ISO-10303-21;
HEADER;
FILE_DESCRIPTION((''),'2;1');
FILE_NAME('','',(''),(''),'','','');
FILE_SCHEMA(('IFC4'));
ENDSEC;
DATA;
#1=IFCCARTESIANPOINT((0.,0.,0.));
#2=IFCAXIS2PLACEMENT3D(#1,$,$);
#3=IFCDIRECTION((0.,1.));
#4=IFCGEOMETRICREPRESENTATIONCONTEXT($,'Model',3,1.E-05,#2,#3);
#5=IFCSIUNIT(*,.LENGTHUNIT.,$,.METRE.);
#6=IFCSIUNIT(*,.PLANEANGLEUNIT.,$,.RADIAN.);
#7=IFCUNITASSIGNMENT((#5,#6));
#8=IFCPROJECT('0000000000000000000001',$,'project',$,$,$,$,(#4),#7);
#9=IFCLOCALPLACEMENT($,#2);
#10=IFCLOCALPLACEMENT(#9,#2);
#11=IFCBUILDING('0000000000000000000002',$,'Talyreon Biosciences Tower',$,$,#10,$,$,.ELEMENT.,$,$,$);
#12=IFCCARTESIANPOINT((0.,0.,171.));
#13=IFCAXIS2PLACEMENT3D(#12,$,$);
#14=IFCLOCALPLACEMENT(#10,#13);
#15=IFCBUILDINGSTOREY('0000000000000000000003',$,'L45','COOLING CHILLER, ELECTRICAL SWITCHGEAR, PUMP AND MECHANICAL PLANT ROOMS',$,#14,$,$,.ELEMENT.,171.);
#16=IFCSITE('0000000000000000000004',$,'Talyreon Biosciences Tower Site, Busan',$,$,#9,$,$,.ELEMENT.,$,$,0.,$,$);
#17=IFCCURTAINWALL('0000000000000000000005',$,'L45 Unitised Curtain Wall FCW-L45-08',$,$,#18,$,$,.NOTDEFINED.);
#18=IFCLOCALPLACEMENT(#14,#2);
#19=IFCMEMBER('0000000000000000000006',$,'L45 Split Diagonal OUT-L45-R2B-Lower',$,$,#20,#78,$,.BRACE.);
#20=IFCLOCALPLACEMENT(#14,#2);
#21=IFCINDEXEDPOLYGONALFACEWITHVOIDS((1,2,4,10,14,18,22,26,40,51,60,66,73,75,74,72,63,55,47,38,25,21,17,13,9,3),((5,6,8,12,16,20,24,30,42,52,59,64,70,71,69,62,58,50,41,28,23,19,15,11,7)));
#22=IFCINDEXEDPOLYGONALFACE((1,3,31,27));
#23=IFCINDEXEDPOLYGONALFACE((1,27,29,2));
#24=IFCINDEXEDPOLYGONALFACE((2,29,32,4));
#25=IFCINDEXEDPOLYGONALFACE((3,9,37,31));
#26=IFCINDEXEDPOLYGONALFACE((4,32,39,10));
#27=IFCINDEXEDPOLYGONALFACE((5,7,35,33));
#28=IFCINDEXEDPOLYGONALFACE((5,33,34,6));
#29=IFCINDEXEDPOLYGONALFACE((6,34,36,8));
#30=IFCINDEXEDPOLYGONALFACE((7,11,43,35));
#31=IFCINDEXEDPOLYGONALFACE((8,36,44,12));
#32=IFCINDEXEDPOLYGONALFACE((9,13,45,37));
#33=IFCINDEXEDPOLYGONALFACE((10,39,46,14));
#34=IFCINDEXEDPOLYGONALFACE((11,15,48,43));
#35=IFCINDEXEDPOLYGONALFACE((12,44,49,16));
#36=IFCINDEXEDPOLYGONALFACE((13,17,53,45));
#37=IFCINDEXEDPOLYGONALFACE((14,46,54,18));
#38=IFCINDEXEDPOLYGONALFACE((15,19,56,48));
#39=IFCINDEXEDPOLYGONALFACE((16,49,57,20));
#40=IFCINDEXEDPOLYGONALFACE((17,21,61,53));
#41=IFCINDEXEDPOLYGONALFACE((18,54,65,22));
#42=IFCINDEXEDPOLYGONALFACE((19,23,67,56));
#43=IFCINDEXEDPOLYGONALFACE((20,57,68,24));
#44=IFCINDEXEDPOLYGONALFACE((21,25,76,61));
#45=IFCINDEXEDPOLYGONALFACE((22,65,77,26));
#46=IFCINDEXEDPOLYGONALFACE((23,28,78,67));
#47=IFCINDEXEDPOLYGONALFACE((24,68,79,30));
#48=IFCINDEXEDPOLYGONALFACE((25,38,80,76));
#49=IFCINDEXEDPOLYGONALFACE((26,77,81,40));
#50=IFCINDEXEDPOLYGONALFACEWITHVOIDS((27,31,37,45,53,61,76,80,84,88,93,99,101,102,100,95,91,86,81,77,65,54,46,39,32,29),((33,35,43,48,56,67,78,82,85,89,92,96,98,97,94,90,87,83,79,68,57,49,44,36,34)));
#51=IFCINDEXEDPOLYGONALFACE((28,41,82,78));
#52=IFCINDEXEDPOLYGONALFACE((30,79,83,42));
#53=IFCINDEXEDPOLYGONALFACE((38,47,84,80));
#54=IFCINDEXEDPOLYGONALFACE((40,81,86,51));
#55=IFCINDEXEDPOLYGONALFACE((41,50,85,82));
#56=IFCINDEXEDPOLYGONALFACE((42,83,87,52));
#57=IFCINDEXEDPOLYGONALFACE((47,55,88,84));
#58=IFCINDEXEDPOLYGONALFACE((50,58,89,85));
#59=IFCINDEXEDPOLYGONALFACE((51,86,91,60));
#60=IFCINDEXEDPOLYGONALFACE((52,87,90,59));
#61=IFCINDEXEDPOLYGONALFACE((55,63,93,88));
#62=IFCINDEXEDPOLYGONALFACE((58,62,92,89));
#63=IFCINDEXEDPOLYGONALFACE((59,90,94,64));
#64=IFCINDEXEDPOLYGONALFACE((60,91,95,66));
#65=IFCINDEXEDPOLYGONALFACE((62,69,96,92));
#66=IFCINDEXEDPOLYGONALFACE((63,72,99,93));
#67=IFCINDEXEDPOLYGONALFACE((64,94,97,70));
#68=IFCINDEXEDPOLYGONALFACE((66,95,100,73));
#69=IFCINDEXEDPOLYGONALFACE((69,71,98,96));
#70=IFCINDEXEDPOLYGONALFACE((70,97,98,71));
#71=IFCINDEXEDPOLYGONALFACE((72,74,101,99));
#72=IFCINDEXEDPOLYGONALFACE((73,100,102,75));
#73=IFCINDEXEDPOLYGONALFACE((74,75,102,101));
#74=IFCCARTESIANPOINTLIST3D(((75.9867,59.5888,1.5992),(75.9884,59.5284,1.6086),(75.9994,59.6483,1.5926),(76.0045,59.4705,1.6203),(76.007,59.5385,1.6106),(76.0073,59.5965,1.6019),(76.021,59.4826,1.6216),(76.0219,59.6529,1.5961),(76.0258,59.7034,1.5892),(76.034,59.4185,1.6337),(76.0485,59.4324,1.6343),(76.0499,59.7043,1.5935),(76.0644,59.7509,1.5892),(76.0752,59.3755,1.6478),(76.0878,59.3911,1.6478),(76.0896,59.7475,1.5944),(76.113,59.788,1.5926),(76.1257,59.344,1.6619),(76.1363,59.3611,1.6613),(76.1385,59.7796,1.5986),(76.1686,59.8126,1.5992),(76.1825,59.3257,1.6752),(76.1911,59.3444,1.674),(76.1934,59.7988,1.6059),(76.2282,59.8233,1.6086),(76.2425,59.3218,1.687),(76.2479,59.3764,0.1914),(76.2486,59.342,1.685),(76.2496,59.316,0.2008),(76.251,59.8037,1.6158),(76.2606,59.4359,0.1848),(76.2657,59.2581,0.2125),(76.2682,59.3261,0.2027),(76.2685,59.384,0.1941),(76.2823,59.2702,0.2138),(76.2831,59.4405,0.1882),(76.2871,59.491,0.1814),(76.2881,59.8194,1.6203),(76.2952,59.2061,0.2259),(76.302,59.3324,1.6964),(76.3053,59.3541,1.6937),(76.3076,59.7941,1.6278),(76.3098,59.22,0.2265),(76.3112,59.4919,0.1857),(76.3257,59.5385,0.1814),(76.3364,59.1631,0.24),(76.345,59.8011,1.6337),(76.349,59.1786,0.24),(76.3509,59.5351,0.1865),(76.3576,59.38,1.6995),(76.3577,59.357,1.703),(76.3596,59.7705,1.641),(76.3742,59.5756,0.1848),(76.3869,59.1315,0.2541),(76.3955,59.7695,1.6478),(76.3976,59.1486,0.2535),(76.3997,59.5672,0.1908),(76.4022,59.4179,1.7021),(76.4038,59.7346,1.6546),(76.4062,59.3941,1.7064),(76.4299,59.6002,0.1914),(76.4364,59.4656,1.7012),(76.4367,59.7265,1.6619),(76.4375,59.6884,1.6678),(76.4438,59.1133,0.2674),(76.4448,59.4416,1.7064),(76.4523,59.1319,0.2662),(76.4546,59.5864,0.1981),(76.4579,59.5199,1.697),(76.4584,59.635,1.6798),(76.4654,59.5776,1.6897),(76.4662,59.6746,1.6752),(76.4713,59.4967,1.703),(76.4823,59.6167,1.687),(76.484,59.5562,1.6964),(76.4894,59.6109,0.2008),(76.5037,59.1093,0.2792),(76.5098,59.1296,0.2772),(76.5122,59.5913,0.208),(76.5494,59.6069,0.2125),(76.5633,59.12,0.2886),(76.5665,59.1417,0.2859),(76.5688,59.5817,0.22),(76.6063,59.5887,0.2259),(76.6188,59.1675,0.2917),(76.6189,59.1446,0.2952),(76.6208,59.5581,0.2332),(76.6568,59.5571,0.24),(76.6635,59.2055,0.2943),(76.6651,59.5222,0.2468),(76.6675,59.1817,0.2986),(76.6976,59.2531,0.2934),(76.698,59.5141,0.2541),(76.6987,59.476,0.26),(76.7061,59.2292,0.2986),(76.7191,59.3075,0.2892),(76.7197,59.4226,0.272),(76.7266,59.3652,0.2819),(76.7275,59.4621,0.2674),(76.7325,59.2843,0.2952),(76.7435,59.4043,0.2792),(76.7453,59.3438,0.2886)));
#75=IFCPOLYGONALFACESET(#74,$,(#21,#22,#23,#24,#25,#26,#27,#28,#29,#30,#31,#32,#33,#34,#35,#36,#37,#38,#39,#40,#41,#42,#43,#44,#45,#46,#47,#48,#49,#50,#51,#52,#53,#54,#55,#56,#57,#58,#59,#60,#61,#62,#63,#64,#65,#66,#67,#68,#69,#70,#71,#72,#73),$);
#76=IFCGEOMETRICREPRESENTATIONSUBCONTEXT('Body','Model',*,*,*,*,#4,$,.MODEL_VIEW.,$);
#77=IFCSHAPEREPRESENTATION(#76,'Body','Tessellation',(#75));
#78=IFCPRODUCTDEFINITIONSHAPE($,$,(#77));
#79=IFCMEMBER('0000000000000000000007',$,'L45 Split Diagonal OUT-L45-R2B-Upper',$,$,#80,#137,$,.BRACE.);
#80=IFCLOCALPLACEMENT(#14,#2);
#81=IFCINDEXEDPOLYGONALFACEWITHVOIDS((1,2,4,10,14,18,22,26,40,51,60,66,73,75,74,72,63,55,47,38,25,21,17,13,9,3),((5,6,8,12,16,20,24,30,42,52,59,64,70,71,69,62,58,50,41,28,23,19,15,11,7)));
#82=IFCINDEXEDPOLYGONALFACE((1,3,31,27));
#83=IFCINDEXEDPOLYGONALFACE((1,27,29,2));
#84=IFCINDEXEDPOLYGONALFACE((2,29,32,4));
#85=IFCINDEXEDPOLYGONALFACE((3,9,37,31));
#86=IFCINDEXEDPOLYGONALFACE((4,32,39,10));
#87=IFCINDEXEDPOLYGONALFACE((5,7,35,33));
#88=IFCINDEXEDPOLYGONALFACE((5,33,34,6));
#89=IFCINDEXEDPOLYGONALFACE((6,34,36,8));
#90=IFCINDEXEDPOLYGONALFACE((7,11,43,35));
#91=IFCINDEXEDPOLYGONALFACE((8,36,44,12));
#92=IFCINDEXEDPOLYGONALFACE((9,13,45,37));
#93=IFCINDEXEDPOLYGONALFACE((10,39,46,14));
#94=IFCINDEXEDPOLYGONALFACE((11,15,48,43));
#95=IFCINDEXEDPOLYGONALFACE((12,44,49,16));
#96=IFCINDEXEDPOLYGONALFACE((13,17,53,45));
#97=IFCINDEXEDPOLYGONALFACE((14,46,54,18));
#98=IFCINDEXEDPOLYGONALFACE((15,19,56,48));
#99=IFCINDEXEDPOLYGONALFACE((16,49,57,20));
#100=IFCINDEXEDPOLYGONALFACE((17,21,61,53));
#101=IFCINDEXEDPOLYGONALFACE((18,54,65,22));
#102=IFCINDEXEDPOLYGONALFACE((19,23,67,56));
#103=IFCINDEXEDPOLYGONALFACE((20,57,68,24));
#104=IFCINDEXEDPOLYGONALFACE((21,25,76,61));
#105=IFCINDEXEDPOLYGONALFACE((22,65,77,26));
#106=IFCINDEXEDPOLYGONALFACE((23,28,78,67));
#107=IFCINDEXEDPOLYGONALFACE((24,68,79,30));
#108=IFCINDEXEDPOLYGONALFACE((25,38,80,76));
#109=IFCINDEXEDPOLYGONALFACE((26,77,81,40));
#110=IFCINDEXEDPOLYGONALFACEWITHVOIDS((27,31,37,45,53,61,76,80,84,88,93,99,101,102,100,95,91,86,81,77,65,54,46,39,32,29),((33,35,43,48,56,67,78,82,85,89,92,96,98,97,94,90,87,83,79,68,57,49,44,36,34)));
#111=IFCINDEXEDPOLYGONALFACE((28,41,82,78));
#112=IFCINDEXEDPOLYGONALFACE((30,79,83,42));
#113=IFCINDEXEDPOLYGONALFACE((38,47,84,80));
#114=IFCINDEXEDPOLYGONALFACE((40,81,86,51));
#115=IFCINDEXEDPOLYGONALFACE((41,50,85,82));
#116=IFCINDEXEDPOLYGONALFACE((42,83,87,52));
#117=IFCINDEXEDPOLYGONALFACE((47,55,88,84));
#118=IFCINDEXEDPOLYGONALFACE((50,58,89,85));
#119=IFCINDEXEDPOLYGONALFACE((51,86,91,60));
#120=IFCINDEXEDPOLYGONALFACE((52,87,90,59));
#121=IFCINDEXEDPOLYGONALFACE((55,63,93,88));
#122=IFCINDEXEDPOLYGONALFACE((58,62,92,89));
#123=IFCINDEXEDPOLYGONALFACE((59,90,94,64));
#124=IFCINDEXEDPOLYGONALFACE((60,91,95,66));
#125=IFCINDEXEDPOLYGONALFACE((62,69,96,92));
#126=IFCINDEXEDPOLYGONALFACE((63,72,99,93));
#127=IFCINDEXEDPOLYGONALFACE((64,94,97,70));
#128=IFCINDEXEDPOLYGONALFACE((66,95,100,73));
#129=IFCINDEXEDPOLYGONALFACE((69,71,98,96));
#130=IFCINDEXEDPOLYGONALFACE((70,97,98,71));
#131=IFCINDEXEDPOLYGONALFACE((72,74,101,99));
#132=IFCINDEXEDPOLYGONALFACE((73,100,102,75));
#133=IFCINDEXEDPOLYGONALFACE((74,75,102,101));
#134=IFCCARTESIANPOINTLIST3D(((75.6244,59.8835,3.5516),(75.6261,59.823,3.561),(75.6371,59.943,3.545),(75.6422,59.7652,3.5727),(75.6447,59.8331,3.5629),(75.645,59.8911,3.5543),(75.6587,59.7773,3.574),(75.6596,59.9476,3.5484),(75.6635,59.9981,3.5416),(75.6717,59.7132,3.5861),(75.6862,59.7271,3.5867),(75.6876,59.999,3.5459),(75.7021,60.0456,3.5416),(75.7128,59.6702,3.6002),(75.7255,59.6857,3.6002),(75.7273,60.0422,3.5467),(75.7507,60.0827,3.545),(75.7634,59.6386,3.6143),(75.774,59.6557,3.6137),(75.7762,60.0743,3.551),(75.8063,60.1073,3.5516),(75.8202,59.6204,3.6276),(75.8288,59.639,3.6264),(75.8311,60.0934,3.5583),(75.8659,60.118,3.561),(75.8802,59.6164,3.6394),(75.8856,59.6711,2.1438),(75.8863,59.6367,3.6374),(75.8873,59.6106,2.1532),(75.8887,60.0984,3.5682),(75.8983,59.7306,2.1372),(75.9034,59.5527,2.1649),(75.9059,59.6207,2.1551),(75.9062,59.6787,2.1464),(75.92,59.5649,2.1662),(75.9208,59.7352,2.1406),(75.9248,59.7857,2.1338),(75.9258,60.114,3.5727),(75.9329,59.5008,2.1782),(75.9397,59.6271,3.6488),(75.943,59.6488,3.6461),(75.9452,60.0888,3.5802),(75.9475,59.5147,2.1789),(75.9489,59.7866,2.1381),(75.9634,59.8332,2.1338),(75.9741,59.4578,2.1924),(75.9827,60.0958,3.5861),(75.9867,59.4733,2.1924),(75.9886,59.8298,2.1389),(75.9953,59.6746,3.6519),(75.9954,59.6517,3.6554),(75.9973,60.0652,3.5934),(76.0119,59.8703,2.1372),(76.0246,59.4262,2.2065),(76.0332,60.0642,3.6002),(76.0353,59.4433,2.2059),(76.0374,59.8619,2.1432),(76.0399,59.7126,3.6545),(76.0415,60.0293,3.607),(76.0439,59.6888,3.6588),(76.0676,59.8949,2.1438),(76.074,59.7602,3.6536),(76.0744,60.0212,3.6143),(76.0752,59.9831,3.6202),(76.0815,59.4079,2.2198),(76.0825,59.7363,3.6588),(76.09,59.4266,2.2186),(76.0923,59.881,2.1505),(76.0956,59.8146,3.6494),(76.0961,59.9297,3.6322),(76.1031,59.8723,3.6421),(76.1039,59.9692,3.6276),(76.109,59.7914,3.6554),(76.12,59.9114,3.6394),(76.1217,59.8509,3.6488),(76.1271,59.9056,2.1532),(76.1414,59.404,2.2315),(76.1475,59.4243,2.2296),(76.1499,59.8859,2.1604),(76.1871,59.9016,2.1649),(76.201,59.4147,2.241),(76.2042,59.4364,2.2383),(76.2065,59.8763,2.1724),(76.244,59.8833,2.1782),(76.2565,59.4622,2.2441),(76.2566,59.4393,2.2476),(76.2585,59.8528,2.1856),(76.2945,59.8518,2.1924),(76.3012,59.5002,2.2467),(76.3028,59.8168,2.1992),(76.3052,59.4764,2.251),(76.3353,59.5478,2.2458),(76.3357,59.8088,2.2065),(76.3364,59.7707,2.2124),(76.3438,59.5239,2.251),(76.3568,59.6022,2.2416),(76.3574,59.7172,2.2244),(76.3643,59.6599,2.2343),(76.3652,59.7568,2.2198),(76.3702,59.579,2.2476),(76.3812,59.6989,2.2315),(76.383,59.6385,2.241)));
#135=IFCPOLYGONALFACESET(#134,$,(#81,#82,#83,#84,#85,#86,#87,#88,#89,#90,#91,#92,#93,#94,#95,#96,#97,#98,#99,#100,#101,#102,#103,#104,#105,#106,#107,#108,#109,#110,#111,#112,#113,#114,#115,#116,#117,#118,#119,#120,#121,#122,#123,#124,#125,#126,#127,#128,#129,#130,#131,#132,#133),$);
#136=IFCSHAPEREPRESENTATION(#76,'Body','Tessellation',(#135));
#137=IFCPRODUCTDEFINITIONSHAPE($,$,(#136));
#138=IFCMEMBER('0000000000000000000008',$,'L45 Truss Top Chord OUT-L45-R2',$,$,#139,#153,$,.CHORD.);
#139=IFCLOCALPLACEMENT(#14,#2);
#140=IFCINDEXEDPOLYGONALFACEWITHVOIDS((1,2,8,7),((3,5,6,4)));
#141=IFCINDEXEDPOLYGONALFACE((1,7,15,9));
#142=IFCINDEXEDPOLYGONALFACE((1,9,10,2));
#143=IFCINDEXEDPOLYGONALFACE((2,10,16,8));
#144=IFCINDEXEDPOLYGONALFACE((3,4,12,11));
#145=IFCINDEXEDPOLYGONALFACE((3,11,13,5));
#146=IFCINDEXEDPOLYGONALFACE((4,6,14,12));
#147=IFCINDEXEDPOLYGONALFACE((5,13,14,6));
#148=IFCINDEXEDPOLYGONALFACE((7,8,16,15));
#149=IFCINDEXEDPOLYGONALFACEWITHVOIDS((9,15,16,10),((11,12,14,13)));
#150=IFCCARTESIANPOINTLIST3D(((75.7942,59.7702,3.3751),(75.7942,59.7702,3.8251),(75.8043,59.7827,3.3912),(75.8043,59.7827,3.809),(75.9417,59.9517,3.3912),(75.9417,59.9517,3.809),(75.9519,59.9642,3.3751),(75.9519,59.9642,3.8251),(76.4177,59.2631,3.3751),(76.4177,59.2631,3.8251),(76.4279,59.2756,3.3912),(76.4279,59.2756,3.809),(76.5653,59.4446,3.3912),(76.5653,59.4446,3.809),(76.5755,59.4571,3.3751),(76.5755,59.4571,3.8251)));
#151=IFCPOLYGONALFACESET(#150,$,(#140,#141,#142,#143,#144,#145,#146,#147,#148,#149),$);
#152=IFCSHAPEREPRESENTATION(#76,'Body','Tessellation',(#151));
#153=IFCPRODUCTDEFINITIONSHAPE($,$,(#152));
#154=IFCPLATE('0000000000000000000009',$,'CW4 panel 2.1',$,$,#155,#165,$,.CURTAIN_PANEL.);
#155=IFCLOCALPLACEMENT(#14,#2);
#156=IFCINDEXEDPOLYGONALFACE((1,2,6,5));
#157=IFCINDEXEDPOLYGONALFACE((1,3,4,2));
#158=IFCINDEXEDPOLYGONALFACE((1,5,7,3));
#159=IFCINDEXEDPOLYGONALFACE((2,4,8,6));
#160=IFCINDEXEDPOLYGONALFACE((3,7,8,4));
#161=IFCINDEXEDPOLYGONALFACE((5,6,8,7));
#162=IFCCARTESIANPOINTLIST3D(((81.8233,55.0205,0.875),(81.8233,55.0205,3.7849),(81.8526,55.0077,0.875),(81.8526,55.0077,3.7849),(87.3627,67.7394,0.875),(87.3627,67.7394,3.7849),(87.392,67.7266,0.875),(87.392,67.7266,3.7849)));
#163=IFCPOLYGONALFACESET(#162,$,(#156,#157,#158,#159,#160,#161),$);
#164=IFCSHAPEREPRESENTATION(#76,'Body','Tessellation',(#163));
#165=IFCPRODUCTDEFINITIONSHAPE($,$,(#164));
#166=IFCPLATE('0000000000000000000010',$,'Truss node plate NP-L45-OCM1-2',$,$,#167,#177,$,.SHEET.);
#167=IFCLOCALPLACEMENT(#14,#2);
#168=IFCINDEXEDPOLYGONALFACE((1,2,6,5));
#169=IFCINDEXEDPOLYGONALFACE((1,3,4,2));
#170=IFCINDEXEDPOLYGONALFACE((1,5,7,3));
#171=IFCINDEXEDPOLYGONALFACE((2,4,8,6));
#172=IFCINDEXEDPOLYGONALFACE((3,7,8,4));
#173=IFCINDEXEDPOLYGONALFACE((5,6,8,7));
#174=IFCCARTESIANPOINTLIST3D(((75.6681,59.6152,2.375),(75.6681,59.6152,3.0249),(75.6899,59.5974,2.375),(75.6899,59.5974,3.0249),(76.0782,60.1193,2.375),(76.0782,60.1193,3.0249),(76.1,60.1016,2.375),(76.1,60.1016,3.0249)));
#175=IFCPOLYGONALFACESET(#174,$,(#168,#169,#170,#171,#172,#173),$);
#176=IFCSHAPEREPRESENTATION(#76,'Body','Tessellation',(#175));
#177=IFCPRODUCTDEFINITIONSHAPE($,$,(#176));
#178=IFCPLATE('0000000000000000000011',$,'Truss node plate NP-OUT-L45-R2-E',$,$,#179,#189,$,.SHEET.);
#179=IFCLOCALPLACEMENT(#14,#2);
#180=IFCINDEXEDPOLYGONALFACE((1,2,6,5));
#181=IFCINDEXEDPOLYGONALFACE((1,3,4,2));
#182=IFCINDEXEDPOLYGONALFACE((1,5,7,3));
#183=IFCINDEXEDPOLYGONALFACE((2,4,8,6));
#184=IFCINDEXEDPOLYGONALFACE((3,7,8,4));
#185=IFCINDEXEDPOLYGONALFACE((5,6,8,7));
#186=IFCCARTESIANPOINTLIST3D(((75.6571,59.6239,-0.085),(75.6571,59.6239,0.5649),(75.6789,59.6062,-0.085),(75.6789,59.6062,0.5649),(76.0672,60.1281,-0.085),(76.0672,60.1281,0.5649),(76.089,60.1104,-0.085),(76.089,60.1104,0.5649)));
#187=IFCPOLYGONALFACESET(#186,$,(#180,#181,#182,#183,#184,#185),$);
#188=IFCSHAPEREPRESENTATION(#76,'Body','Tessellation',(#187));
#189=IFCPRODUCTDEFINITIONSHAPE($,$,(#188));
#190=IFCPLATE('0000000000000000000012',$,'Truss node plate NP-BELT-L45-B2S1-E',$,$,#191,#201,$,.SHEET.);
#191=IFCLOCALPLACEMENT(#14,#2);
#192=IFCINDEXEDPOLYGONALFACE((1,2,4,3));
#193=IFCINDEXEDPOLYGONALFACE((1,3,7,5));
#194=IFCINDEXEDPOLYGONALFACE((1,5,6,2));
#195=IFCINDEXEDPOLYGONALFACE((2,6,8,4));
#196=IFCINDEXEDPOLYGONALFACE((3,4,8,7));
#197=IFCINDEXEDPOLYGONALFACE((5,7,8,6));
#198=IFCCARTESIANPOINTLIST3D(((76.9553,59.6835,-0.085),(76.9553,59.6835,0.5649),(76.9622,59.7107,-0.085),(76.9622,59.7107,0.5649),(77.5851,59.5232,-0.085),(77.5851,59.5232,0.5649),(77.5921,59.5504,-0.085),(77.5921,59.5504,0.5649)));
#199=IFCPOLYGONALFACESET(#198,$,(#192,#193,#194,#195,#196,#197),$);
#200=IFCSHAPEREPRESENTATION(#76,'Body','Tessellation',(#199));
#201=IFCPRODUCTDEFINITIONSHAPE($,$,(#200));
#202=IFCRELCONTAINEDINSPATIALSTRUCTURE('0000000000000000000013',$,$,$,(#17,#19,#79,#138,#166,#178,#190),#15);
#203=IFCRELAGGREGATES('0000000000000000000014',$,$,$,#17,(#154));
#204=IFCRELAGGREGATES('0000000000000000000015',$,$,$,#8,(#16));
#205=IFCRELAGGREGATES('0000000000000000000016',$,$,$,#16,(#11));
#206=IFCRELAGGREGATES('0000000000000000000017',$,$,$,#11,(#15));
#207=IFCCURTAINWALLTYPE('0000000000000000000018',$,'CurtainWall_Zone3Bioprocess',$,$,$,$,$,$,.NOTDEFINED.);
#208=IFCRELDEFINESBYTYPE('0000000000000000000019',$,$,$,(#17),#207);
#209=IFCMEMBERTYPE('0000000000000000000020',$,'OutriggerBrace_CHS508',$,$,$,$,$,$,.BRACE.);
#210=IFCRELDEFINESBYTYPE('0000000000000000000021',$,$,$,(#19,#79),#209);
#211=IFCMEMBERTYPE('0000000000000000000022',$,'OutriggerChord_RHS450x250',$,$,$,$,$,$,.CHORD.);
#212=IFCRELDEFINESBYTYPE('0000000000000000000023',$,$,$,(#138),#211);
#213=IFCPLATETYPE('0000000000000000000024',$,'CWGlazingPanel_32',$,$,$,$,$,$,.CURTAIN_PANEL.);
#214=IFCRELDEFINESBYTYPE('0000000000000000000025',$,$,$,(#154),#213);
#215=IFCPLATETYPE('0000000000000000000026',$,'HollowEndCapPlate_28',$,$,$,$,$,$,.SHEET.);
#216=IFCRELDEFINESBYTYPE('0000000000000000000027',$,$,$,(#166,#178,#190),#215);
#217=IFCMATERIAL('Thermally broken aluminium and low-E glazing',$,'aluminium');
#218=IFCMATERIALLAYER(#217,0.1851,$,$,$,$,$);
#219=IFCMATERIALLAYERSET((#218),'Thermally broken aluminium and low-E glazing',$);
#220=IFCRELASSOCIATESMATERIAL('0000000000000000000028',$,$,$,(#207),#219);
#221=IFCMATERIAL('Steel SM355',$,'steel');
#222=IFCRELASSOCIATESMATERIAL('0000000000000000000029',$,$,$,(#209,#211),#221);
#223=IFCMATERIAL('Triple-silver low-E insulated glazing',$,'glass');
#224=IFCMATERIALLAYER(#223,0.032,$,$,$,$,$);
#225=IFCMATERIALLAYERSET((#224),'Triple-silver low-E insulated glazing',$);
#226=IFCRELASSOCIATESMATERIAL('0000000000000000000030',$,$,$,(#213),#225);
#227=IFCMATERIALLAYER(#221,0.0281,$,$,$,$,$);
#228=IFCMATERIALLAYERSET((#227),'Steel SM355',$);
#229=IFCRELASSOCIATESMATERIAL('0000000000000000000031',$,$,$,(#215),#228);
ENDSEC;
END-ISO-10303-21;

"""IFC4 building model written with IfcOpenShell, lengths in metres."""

from ifc_helpers import new_model, si_unit, direction, frame, origin, origin_2d, place, context, subcontext, project, spatial, rectangle, hollow_rectangle, hollow_circle, extrude, material, layer, layer_set, material_profile, profile_set, type_object, element, aggregate, save


model = new_model("IFC4")

# Units and contexts
model_context = context("Model", 3, precision=1e-05, world=origin(), true_north=direction((0.0, 1.0)))
body_context = subcontext(model_context, "Body", "Model", "MODEL_VIEW")
ifc_project = project(units=[si_unit("LENGTHUNIT", "METRE"), si_unit("PLANEANGLEUNIT", "RADIAN")], contexts=[model_context])

# Site, building, storey
site_placement = place(None, origin())
site = spatial("IfcSite", under=ifc_project, at=site_placement, Name="Talyreon Biosciences Tower Site, Busan", CompositionType="ELEMENT", RefElevation=0.0)
building_placement = place(site_placement, origin())
building = spatial("IfcBuilding", under=site, at=building_placement, Name="Talyreon Biosciences Tower", CompositionType="ELEMENT")
storey_placement = place(building_placement, frame((0.0, 0.0, 171.0)))
storey = spatial("IfcBuildingStorey", under=building, at=storey_placement, Name="L45", Description="COOLING CHILLER, ELECTRICAL SWITCHGEAR, PUMP AND MECHANICAL PLANT ROOMS", CompositionType="ELEMENT", Elevation=171.0)

# Shared definitions
ifc_material_1 = material(Name="Steel SM355", Category="steel")

# Curtain wall
ifc_material_2 = material(Name="Thermally broken aluminium and low-E glazing", Category="aluminium")
ifc_layer_1 = layer(ifc_material_2, 0.1851)
ifc_layer_set_1 = layer_set([ifc_layer_1], Name="Thermally broken aluminium and low-E glazing")
curtain_wall_type = type_object("IfcCurtainWallType", Name="CurtainWall_Zone3Bioprocess", PredefinedType="NOTDEFINED", material=ifc_layer_set_1)
curtain_wall_placement = place(storey_placement, origin())
curtain_wall = element("IfcCurtainWall", 1, at=curtain_wall_placement, inside=storey, type_object=curtain_wall_type, Name="L45 Unitised Curtain Wall FCW-L45-08", PredefinedType="NOTDEFINED")

# Members
ifc_material_profile_1 = material_profile(ifc_material_1, hollow_circle(Radius=0.2539, WallThickness=0.02, at=origin_2d()), Name="CHS 508x20")
ifc_profile_set_1 = profile_set([ifc_material_profile_1], Name="Steel SM355")
member_type_1 = type_object("IfcMemberType", Name="OutriggerBrace_CHS508", PredefinedType="BRACE", material=ifc_profile_set_1)
for number, where, z_axis, x_axis, name in (
    (2, (76.4966, 59.3601, 0.24), (-0.18048, 0.146746, 0.97257), (-0.630866, -0.775892, 0.0), "L45 Split Diagonal OUT-L45-R2B-Lower"),
    (3, (76.1343, 59.6548, 2.1924), (-0.18048, 0.146746, 0.97257), (-0.630866, -0.775892, 0.0), "L45 Split Diagonal OUT-L45-R2B-Upper"),
):
    element("IfcMember", number, at=place(storey_placement, frame(where, z_axis=z_axis, x_axis=x_axis)), inside=storey, type_object=member_type_1, Name=name, PredefinedType="BRACE", context=body_context, shape_type="SweptSolid", body=[
        extrude(hollow_circle(Radius=0.2539, WallThickness=0.02, at=origin_2d()), origin(), (0.0, 0.0, 1.0), 1.4475),
    ])
ifc_material_profile_2 = material_profile(ifc_material_1, hollow_rectangle(XDim=0.25, YDim=0.45, WallThickness=0.0161, at=origin_2d()), Name="RHS 450x250x16")
ifc_profile_set_2 = profile_set([ifc_material_profile_2], Name="Steel SM355")
member_type_2 = type_object("IfcMemberType", Name="OutriggerChord_RHS450x250", PredefinedType="CHORD", material=ifc_profile_set_2)
member_1_placement = place(storey_placement, frame((75.873, 59.8672, 3.6001), z_axis=(0.775835, -0.630936, 0.0), x_axis=(0.630936, 0.775835, 0.0)))
element("IfcMember", 4, at=member_1_placement, inside=storey, type_object=member_type_2, Name="L45 Truss Top Chord OUT-L45-R2", PredefinedType="CHORD", context=body_context, shape_type="SweptSolid", body=[
    extrude(hollow_rectangle(XDim=0.25, YDim=0.45, WallThickness=0.0161, at=origin_2d()), origin(), (0.0, 0.0, 1.0), 0.8037),
])

# Plate
ifc_material_3 = material(Name="Triple-silver low-E insulated glazing", Category="glass")
ifc_layer_2 = layer(ifc_material_3, 0.032)
ifc_layer_set_2 = layer_set([ifc_layer_2], Name="Triple-silver low-E insulated glazing")
plate_type_1 = type_object("IfcPlateType", Name="CWGlazingPanel_32", PredefinedType="CURTAIN_PANEL", material=ifc_layer_set_2)
plate_placement = place(storey_placement, frame((84.6077, 61.3735, 0.875), z_axis=(0.0, 0.0, 1.0), x_axis=(-0.3993, -0.91682, 0.0)))
plate = element("IfcPlate", 5, at=plate_placement, type_object=plate_type_1, Name="CW4 panel 2.1", PredefinedType="CURTAIN_PANEL", context=body_context, shape_type="SweptSolid", body=[
    extrude(rectangle(XDim=13.8728, YDim=0.032, at=origin_2d()), origin(), (0.0, 0.0, 1.0), 2.9099),
])
aggregate(curtain_wall, [plate])

# Plates
ifc_layer_3 = layer(ifc_material_1, 0.0281)
ifc_layer_set_3 = layer_set([ifc_layer_3], Name="Steel SM355")
plate_type_2 = type_object("IfcPlateType", Name="HollowEndCapPlate_28", PredefinedType="SHEET", material=ifc_layer_set_3)
for number, where, z_axis, x_axis, name in (
    (6, (75.884, 59.8584, 2.375), (0.0, 0.0, 1.0), (0.631001, 0.775782, 0.0), "Truss node plate NP-L45-OCM1-2"),
    (7, (75.873, 59.8672, -0.085), (0.0, 0.0, 1.0), (0.630974, 0.775804, 0.0), "Truss node plate NP-OUT-L45-R2-E"),
    (8, (77.2737, 59.6169, -0.085), (0.0, 0.0, 1.0), (-0.969132, 0.246542, 0.0), "Truss node plate NP-BELT-L45-B2S1-E"),
):
    element("IfcPlate", number, at=place(storey_placement, frame(where, z_axis=z_axis, x_axis=x_axis)), inside=storey, type_object=plate_type_2, Name=name, PredefinedType="SHEET", context=body_context, shape_type="SweptSolid", body=[
        extrude(rectangle(XDim=0.6499, YDim=0.0281, at=origin_2d()), origin(), (0.0, 0.0, 1.0), 0.6499),
    ])

save(model, "model.ifc")
